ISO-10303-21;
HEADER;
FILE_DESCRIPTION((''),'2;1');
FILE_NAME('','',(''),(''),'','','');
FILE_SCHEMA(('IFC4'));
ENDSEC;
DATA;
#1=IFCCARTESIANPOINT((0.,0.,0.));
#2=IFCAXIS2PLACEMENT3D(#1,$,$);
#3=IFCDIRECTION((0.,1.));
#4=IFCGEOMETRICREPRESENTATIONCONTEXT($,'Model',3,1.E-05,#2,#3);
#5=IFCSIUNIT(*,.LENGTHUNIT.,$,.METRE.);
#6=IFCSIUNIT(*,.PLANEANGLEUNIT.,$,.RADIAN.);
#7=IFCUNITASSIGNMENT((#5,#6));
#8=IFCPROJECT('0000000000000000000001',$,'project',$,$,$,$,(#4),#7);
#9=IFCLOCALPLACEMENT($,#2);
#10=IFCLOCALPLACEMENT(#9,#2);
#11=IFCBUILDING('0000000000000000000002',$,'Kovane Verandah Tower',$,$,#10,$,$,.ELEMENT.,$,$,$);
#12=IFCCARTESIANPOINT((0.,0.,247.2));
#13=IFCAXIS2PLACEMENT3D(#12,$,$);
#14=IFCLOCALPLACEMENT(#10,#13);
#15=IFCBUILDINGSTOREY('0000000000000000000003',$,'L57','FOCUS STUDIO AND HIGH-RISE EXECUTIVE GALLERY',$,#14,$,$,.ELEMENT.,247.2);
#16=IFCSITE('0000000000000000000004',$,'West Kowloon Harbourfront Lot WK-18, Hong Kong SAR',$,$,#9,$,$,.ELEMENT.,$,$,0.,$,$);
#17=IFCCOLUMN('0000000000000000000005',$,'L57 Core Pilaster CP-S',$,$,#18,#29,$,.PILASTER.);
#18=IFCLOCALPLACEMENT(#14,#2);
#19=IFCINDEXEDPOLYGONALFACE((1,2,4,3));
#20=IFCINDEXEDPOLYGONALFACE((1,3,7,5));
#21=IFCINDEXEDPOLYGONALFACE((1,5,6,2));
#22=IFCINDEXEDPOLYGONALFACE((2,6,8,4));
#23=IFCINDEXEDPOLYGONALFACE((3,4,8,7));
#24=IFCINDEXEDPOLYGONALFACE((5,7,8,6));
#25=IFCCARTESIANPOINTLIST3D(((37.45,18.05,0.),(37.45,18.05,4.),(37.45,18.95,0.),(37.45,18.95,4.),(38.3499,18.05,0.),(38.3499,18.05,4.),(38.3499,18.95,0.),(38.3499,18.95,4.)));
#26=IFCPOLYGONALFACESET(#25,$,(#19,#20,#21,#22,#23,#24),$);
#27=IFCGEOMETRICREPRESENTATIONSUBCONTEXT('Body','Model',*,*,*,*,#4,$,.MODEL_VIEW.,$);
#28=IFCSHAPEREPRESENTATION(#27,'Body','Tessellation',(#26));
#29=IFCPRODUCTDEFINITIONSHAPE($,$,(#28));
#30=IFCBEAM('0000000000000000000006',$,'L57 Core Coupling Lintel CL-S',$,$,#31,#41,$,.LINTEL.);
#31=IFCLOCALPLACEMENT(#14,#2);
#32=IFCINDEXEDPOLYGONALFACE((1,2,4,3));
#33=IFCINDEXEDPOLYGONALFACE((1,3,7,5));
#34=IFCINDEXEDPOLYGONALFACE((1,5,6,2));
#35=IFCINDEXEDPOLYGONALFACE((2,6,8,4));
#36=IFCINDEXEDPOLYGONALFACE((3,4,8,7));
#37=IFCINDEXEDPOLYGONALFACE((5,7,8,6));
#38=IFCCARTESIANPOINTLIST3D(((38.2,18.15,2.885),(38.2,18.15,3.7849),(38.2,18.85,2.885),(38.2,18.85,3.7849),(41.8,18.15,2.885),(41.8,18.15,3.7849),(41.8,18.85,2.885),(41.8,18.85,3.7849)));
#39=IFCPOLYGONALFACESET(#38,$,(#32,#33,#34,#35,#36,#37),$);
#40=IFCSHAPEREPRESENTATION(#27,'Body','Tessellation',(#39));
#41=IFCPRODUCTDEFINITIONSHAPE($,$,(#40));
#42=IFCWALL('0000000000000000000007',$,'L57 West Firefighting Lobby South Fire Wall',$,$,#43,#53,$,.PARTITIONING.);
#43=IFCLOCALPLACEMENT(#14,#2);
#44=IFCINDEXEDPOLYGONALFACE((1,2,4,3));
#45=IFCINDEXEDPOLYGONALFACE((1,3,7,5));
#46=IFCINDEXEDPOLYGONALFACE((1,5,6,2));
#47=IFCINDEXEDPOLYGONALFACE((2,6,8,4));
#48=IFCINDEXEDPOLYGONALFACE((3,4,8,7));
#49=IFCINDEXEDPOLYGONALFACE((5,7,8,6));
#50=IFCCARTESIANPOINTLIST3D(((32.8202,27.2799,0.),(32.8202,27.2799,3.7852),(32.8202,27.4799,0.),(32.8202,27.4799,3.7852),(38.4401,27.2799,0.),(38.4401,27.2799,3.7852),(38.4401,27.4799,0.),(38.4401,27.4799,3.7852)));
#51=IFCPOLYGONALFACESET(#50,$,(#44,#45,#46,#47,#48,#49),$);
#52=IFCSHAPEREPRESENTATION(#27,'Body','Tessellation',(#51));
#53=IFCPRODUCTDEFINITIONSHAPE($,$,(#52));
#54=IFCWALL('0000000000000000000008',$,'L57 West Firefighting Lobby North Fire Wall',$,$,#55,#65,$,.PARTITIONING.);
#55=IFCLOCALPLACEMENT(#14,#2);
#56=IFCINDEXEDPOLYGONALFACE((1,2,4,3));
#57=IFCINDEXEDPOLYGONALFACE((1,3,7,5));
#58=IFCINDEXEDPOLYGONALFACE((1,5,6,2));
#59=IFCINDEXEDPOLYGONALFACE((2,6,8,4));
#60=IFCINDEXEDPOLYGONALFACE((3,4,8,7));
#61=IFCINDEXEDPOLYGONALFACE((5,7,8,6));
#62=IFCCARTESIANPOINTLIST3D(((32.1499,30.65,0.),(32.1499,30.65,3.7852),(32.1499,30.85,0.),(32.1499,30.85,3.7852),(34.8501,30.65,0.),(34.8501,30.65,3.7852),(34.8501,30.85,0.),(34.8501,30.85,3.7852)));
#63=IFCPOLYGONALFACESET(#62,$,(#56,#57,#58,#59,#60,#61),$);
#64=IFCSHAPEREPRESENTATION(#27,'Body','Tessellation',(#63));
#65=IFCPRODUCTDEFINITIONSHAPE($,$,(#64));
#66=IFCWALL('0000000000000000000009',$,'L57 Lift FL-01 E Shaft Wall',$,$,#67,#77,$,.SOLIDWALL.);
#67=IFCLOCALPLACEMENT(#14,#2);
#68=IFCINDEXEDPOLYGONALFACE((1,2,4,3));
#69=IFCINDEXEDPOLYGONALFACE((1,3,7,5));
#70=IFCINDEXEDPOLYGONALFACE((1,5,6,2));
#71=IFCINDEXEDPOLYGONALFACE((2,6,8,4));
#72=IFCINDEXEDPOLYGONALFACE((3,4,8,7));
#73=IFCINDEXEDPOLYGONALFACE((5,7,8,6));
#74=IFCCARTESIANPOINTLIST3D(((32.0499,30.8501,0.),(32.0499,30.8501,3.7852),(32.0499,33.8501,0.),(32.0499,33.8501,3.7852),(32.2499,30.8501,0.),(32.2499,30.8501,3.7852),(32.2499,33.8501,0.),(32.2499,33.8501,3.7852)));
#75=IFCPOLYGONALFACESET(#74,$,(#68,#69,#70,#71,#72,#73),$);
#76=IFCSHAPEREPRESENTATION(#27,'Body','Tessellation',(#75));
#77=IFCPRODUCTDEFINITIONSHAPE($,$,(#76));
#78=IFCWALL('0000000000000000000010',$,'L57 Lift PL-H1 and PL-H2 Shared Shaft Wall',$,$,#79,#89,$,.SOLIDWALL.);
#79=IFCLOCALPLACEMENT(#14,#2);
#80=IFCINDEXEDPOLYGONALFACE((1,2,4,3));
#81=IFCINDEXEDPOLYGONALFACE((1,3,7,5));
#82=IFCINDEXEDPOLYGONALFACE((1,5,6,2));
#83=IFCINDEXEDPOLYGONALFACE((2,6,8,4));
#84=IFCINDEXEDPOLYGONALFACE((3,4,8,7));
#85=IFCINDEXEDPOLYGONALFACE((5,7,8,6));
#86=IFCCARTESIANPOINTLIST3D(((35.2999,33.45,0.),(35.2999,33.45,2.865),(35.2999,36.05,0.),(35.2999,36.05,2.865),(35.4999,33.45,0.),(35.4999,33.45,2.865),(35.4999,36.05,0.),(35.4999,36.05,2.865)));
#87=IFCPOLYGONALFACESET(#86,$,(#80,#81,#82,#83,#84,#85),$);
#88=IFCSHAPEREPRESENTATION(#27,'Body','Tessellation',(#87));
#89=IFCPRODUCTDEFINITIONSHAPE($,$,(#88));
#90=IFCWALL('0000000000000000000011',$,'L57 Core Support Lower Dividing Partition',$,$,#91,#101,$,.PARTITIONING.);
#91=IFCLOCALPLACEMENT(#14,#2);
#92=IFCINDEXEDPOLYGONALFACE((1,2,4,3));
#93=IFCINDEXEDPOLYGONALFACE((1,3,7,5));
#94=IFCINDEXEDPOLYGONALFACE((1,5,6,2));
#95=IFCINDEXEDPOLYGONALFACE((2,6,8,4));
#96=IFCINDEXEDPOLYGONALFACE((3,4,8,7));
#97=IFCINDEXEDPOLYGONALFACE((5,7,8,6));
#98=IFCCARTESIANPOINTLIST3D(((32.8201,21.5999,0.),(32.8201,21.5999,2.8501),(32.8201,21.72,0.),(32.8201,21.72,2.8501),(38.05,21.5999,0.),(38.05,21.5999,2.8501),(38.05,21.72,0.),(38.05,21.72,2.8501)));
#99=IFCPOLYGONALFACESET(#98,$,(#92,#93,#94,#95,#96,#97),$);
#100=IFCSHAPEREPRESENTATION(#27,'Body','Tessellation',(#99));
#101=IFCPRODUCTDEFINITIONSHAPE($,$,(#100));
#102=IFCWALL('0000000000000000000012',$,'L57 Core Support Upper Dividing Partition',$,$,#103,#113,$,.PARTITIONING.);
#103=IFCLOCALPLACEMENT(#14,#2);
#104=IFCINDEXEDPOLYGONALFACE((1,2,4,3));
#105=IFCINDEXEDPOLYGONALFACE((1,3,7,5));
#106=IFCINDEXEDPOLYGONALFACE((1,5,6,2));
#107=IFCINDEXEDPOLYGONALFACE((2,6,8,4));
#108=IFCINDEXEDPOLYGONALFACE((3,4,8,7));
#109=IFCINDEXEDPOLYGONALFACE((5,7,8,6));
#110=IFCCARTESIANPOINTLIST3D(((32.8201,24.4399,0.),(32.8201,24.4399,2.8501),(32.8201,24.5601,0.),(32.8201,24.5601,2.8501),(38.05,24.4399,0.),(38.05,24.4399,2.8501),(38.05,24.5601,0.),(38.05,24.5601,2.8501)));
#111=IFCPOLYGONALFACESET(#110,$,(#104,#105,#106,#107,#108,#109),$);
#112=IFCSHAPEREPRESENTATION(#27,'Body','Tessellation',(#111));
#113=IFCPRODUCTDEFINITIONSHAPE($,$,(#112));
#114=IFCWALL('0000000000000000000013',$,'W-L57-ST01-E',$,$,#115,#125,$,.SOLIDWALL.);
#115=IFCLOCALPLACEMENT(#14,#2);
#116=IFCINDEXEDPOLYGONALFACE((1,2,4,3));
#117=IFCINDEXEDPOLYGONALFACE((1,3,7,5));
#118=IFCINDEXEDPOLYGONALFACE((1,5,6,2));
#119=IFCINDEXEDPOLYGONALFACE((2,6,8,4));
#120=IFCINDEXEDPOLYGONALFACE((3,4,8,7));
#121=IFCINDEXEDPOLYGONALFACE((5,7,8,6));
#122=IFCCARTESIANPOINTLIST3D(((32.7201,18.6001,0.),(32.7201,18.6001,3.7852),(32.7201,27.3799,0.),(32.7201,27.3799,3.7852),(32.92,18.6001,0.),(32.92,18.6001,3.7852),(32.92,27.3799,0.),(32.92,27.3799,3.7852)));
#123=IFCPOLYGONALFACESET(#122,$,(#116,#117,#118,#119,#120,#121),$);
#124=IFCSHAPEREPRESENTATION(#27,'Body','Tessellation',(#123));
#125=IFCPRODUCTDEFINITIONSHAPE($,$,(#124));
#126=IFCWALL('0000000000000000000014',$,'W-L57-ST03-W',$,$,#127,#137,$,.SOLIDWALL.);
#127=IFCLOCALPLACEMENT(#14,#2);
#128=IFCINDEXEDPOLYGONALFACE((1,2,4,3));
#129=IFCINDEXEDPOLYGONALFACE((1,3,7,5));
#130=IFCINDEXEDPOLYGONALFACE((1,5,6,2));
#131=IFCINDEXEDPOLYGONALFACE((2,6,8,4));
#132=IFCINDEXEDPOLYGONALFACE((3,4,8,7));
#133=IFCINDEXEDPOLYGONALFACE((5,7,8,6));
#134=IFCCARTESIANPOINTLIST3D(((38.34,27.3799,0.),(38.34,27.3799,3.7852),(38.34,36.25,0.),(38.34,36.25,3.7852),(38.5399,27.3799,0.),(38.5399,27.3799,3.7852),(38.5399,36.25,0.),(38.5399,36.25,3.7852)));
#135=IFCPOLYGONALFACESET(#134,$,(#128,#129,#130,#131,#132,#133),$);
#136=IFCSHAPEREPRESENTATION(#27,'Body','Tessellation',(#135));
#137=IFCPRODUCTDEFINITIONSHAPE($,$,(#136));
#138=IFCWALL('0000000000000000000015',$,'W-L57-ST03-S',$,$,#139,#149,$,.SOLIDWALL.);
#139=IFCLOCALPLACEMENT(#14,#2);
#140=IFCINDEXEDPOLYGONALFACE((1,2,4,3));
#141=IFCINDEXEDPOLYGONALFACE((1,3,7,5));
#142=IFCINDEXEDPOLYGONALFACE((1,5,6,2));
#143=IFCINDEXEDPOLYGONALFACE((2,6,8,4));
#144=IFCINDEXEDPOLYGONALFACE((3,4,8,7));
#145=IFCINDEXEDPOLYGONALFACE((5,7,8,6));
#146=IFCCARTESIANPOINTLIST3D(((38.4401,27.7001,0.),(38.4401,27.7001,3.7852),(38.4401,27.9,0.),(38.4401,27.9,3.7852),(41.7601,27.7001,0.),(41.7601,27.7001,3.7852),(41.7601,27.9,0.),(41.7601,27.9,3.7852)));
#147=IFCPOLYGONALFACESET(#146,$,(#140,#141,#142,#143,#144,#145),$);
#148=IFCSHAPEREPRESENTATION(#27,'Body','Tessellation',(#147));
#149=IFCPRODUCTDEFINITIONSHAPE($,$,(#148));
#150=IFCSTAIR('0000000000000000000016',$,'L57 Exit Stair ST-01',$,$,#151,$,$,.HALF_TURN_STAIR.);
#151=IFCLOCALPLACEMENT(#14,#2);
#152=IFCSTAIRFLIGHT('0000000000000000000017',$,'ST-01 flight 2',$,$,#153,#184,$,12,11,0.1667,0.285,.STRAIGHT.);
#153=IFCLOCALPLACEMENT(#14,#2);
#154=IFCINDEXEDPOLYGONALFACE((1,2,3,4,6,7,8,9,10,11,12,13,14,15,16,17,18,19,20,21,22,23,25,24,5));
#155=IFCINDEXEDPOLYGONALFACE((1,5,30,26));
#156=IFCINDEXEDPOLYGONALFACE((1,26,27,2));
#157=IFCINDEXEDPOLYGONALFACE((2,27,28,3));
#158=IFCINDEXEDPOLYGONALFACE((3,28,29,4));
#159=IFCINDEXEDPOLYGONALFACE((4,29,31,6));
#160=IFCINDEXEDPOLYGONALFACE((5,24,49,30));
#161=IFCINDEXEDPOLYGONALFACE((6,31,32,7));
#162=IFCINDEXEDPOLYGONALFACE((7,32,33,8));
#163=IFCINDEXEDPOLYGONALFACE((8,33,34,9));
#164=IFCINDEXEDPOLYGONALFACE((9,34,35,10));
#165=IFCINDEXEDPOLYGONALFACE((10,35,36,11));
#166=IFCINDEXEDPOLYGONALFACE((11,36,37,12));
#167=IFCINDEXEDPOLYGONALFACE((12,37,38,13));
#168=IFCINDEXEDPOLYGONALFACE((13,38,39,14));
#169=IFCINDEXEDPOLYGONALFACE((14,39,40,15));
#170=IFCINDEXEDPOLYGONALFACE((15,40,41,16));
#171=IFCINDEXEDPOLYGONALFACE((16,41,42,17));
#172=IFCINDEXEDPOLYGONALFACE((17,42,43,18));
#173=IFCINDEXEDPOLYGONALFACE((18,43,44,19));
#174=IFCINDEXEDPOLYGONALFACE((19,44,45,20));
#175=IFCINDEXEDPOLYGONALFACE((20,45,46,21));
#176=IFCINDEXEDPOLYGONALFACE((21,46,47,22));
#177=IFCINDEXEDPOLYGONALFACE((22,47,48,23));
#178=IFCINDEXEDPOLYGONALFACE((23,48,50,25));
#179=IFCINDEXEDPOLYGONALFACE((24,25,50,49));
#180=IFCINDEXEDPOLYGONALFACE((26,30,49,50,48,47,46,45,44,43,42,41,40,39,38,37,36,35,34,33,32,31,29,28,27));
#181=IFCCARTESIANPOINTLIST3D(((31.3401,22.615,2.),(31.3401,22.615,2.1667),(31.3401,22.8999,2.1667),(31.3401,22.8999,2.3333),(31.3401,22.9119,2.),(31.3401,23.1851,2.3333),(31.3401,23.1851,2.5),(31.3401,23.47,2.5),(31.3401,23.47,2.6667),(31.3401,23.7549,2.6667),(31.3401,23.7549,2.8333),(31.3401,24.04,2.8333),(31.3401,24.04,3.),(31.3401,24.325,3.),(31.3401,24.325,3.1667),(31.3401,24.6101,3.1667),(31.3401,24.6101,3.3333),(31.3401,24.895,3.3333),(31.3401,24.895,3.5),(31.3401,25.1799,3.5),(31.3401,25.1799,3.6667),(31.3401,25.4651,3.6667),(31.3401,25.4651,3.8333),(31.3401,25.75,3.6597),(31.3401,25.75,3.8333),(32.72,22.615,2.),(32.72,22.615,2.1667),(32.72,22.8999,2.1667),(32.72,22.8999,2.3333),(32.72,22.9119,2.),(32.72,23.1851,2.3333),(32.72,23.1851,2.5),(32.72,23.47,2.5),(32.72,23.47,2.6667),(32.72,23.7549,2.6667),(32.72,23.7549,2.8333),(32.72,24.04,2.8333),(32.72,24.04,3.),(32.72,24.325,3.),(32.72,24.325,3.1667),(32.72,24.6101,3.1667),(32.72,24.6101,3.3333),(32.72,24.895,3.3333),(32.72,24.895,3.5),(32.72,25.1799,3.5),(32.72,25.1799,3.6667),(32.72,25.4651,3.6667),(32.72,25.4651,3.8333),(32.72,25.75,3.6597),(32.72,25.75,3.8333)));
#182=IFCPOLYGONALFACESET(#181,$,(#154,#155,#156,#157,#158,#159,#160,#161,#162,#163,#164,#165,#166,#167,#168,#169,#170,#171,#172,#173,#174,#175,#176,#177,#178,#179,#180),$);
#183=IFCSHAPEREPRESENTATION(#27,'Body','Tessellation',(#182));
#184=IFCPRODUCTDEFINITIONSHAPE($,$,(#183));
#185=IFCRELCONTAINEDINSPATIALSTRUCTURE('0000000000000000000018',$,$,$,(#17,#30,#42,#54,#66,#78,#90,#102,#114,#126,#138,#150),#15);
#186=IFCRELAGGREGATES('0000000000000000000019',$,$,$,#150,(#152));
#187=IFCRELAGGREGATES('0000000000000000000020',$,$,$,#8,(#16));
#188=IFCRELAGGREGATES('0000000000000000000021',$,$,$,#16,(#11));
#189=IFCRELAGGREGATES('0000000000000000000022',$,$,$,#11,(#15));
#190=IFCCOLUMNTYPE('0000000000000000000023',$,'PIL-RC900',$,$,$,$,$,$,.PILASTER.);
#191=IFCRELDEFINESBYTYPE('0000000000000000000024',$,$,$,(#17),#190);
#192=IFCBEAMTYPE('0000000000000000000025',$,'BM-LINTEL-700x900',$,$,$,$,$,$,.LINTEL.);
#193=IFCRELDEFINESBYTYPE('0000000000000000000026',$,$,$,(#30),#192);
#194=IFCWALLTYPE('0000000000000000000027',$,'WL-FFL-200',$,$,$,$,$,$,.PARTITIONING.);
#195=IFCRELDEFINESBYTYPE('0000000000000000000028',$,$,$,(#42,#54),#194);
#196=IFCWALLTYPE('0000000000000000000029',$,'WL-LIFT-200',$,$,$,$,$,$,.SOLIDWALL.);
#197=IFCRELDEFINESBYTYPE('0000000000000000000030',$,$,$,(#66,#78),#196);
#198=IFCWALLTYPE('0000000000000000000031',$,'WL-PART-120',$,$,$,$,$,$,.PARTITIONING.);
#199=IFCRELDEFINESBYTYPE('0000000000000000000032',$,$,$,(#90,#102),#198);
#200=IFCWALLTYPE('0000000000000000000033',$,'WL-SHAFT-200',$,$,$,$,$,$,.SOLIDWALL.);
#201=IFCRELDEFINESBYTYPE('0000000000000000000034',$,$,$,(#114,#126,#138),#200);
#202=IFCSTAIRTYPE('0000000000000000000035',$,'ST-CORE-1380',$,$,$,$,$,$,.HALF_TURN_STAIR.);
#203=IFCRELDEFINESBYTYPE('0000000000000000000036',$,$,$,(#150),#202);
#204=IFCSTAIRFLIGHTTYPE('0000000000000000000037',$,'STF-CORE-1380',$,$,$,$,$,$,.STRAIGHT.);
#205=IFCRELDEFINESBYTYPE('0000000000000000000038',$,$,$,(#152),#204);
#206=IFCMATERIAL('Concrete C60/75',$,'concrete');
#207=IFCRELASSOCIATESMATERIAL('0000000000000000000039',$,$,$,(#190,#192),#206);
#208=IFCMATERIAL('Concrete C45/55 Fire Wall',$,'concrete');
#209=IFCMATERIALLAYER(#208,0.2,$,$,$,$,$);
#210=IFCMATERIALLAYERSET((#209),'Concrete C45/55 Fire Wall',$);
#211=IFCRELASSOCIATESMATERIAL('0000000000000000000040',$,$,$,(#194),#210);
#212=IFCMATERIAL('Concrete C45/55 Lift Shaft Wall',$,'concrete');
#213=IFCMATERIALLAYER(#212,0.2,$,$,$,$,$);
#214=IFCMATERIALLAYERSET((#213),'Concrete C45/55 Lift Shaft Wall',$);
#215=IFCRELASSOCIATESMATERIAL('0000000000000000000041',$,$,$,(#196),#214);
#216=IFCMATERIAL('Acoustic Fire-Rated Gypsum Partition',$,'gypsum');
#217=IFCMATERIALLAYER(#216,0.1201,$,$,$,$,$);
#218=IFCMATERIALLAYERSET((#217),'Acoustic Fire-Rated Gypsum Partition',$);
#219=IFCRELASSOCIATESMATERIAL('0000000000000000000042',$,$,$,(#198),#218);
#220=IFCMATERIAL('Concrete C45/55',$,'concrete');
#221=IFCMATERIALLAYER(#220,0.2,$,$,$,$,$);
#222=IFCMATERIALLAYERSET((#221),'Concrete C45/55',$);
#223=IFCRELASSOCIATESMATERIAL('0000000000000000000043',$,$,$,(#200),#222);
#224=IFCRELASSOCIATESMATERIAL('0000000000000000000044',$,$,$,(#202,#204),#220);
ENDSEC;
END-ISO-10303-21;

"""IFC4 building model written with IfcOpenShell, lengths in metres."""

from ifc_helpers import new_model, si_unit, direction, frame, frame_2d, origin, origin_2d, place, context, subcontext, project, spatial, polyline, rectangle, outline, extrude, material, layer, layer_set, material_profile, profile_set, type_object, element, aggregate, save


model = new_model("IFC4")

# Units and contexts
model_context = context("Model", 3, precision=1e-05, world=origin(), true_north=direction((0.0, 1.0)))
body_context = subcontext(model_context, "Body", "Model", "MODEL_VIEW")
ifc_project = project(units=[si_unit("LENGTHUNIT", "METRE"), si_unit("PLANEANGLEUNIT", "RADIAN")], contexts=[model_context])

# Site, building, storey
site_placement = place(None, origin())
site = spatial("IfcSite", under=ifc_project, at=site_placement, Name="West Kowloon Harbourfront Lot WK-18, Hong Kong SAR", CompositionType="ELEMENT", RefElevation=0.0)
building_placement = place(site_placement, origin())
building = spatial("IfcBuilding", under=site, at=building_placement, Name="Kovane Verandah Tower", CompositionType="ELEMENT")
storey_placement = place(building_placement, frame((0.0, 0.0, 247.2)))
storey = spatial("IfcBuildingStorey", under=building, at=storey_placement, Name="L57", Description="FOCUS STUDIO AND HIGH-RISE EXECUTIVE GALLERY", CompositionType="ELEMENT", Elevation=247.2)

# Column
ifc_material_1 = material(Name="Concrete C60/75", Category="concrete")
ifc_material_profile_1 = material_profile(ifc_material_1, rectangle(XDim=0.8999, YDim=0.8999, at=origin_2d()), Name="RC900x900")
ifc_profile_set_1 = profile_set([ifc_material_profile_1], Name="Concrete C60/75")
column_type = type_object("IfcColumnType", Name="PIL-RC900", PredefinedType="PILASTER", material=ifc_profile_set_1)
column_placement = place(storey_placement, frame((37.8999, 18.5, 0.0), z_axis=(0.0, 0.0, 1.0), x_axis=(1.0, 0.0, 0.0)))
element("IfcColumn", 1, at=column_placement, inside=storey, type_object=column_type, Name="L57 Core Pilaster CP-S", PredefinedType="PILASTER", context=body_context, shape_type="SweptSolid", body=[
    extrude(rectangle(XDim=0.8999, YDim=0.8999, at=origin_2d()), origin(), (0.0, 0.0, 1.0), 4.0),
])

# Beam
ifc_material_profile_2 = material_profile(ifc_material_1, rectangle(XDim=0.7, YDim=0.8999, at=origin_2d()), Name="RCB700x900")
ifc_profile_set_2 = profile_set([ifc_material_profile_2], Name="Concrete C60/75")
beam_type = type_object("IfcBeamType", Name="BM-LINTEL-700x900", PredefinedType="LINTEL", material=ifc_profile_set_2)
beam_placement = place(storey_placement, frame((38.2, 18.5, 3.335), z_axis=(1.0, 0.0, 0.0), x_axis=(0.0, 1.0, 0.0)))
element("IfcBeam", 2, at=beam_placement, inside=storey, type_object=beam_type, Name="L57 Core Coupling Lintel CL-S", PredefinedType="LINTEL", context=body_context, shape_type="SweptSolid", body=[
    extrude(rectangle(XDim=0.7, YDim=0.8999, at=origin_2d()), origin(), (0.0, 0.0, 1.0), 3.6001),
])

# Shared definitions
ifc_material_2 = material(Name="Concrete C45/55 Fire Wall", Category="concrete")
ifc_layer_1 = layer(ifc_material_2, 0.2)
ifc_layer_set_1 = layer_set([ifc_layer_1], Name="Concrete C45/55 Fire Wall")
wall_type_1 = type_object("IfcWallType", Name="WL-FFL-200", PredefinedType="PARTITIONING", material=ifc_layer_set_1)

# Walls
wall_1_placement = place(storey_placement, frame((32.8201, 27.3799, 0.0), z_axis=(0.0, 0.0, 1.0), x_axis=(1.0, 0.0, 0.0)))
element("IfcWall", 3, at=wall_1_placement, inside=storey, type_object=wall_type_1, Name="L57 West Firefighting Lobby South Fire Wall", PredefinedType="PARTITIONING", context=body_context, shape_type="SweptSolid", body=[
    extrude(rectangle(XDim=5.6199, YDim=0.2, at=frame_2d((2.8101, 0.0))), origin(), (0.0, 0.0, 1.0), 3.7852),
])
wall_2_placement = place(storey_placement, frame((32.1499, 30.75, 0.0), z_axis=(0.0, 0.0, 1.0), x_axis=(1.0, 0.0, 0.0)))
element("IfcWall", 4, at=wall_2_placement, inside=storey, type_object=wall_type_1, Name="L57 West Firefighting Lobby North Fire Wall", PredefinedType="PARTITIONING", context=body_context, shape_type="SweptSolid", body=[
    extrude(rectangle(XDim=2.7002, YDim=0.2, at=frame_2d((1.3501, 0.0))), origin(), (0.0, 0.0, 1.0), 3.7852),
])
ifc_material_3 = material(Name="Concrete C45/55 Lift Shaft Wall", Category="concrete")
ifc_layer_2 = layer(ifc_material_3, 0.2)
ifc_layer_set_2 = layer_set([ifc_layer_2], Name="Concrete C45/55 Lift Shaft Wall")
wall_type_2 = type_object("IfcWallType", Name="WL-LIFT-200", PredefinedType="SOLIDWALL", material=ifc_layer_set_2)
wall_3_placement = place(storey_placement, frame((32.1499, 30.8501, 0.0), z_axis=(0.0, 0.0, 1.0), x_axis=(0.0, 1.0, 0.0)))
element("IfcWall", 5, at=wall_3_placement, inside=storey, type_object=wall_type_2, Name="L57 Lift FL-01 E Shaft Wall", PredefinedType="SOLIDWALL", context=body_context, shape_type="SweptSolid", body=[
    extrude(rectangle(XDim=3.0, YDim=0.2, at=frame_2d((1.5, 0.0))), origin(), (0.0, 0.0, 1.0), 3.7852),
])

# Walls
wall_4_placement = place(storey_placement, frame((35.3999, 33.45, 0.0), z_axis=(0.0, 0.0, 1.0), x_axis=(0.0, 1.0, 0.0)))
element("IfcWall", 6, at=wall_4_placement, inside=storey, type_object=wall_type_2, Name="L57 Lift PL-H1 and PL-H2 Shared Shaft Wall", PredefinedType="SOLIDWALL", context=body_context, shape_type="SweptSolid", body=[
    extrude(rectangle(XDim=2.6001, YDim=0.2, at=frame_2d((1.3, 0.0))), origin(), (0.0, 0.0, 1.0), 2.865),
])
ifc_material_4 = material(Name="Acoustic Fire-Rated Gypsum Partition", Category="gypsum")
ifc_layer_3 = layer(ifc_material_4, 0.1201)
ifc_layer_set_3 = layer_set([ifc_layer_3], Name="Acoustic Fire-Rated Gypsum Partition")
wall_type_3 = type_object("IfcWallType", Name="WL-PART-120", PredefinedType="PARTITIONING", material=ifc_layer_set_3)
for number, where, z_axis, x_axis, name in (
    (7, (32.8201, 21.6599, 0.0), (0.0, 0.0, 1.0), (1.0, 0.0, 0.0), "L57 Core Support Lower Dividing Partition"),
    (8, (32.8201, 24.5, 0.0), (0.0, 0.0, 1.0), (1.0, 0.0, 0.0), "L57 Core Support Upper Dividing Partition"),
):
    element("IfcWall", number, at=place(storey_placement, frame(where, z_axis=z_axis, x_axis=x_axis)), inside=storey, type_object=wall_type_3, Name=name, PredefinedType="PARTITIONING", context=body_context, shape_type="SweptSolid", body=[
        extrude(rectangle(XDim=5.23, YDim=0.1201, at=frame_2d((2.615, 0.0))), origin(), (0.0, 0.0, 1.0), 2.8501),
    ])
ifc_material_5 = material(Name="Concrete C45/55", Category="concrete")
ifc_layer_4 = layer(ifc_material_5, 0.2)
ifc_layer_set_4 = layer_set([ifc_layer_4], Name="Concrete C45/55")
wall_type_4 = type_object("IfcWallType", Name="WL-SHAFT-200", PredefinedType="SOLIDWALL", material=ifc_layer_set_4)
wall_5_placement = place(storey_placement, frame((32.8201, 18.6001, 0.0), z_axis=(0.0, 0.0, 1.0), x_axis=(0.0, 1.0, 0.0)))
element("IfcWall", 9, at=wall_5_placement, inside=storey, type_object=wall_type_4, Name="W-L57-ST01-E", PredefinedType="SOLIDWALL", context=body_context, shape_type="SweptSolid", body=[
    extrude(rectangle(XDim=8.7798, YDim=0.2, at=frame_2d((4.3899, 0.0))), origin(), (0.0, 0.0, 1.0), 3.7852),
])
wall_6_placement = place(storey_placement, frame((38.4399, 27.3799, 0.0), z_axis=(0.0, 0.0, 1.0), x_axis=(0.0, 1.0, 0.0)))
element("IfcWall", 10, at=wall_6_placement, inside=storey, type_object=wall_type_4, Name="W-L57-ST03-W", PredefinedType="SOLIDWALL", context=body_context, shape_type="SweptSolid", body=[
    extrude(rectangle(XDim=8.8701, YDim=0.2, at=frame_2d((4.4351, 0.0))), origin(), (0.0, 0.0, 1.0), 3.7852),
])
wall_7_placement = place(storey_placement, frame((38.4399, 27.8, 0.0), z_axis=(0.0, 0.0, 1.0), x_axis=(1.0, 0.0, 0.0)))
element("IfcWall", 11, at=wall_7_placement, inside=storey, type_object=wall_type_4, Name="W-L57-ST03-S", PredefinedType="SOLIDWALL", context=body_context, shape_type="SweptSolid", body=[
    extrude(rectangle(XDim=3.3201, YDim=0.2, at=frame_2d((1.6602, 0.0))), origin(), (0.0, 0.0, 1.0), 3.7852),
])

# Stair, stair flight
stair_type = type_object("IfcStairType", Name="ST-CORE-1380", PredefinedType="HALF_TURN_STAIR", material=ifc_material_5)
stair_placement = place(storey_placement, origin())
stair = element("IfcStair", 12, at=stair_placement, inside=storey, type_object=stair_type, Name="L57 Exit Stair ST-01", PredefinedType="HALF_TURN_STAIR")
stair_flight_type = type_object("IfcStairFlightType", Name="STF-CORE-1380", PredefinedType="STRAIGHT", material=ifc_material_5)
stair_flight_placement = place(storey_placement, frame((32.03, 22.615, 2.0), z_axis=(0.0, 0.0, 1.0), x_axis=(0.0, 1.0, 0.0)))
stair_flight = element("IfcStairFlight", 13, at=stair_flight_placement, type_object=stair_flight_type, Name="ST-01 flight 2", NumberOfRisers=12, NumberOfTreads=11, PredefinedType="STRAIGHT", RiserHeight=0.1667, TreadLength=0.285, context=body_context, shape_type="SweptSolid", body=[
    extrude(outline(polyline([(0.0, 0.0), (0.0, 0.1667), (0.2849, 0.1667), (0.2849, 0.3333), (0.5701, 0.3333), (0.5701, 0.5), (0.855, 0.5), (0.855, 0.6667), (1.1399, 0.6667), (1.1399, 0.8333), (1.425, 0.8333), (1.425, 1.0), (1.71, 1.0), (1.71, 1.1667), (1.9951, 1.1667), (1.9951, 1.3333), (2.28, 1.3333), (2.28, 1.5), (2.5649, 1.5), (2.5649, 1.6667), (2.8501, 1.6667), (2.8501, 1.8333), (3.135, 1.8333), (3.135, 2.0), (3.135, 1.6597), (0.2969, 0.0), (0.0, 0.0)])), frame((0.0, 0.6899, 0.0), z_axis=(0.0, -1.0, 0.0), x_axis=(1.0, 0.0, 0.0)), (0.0, 0.0, 1.0), 1.3799),
])
aggregate(stair, [stair_flight])

save(model, "model.ifc")
